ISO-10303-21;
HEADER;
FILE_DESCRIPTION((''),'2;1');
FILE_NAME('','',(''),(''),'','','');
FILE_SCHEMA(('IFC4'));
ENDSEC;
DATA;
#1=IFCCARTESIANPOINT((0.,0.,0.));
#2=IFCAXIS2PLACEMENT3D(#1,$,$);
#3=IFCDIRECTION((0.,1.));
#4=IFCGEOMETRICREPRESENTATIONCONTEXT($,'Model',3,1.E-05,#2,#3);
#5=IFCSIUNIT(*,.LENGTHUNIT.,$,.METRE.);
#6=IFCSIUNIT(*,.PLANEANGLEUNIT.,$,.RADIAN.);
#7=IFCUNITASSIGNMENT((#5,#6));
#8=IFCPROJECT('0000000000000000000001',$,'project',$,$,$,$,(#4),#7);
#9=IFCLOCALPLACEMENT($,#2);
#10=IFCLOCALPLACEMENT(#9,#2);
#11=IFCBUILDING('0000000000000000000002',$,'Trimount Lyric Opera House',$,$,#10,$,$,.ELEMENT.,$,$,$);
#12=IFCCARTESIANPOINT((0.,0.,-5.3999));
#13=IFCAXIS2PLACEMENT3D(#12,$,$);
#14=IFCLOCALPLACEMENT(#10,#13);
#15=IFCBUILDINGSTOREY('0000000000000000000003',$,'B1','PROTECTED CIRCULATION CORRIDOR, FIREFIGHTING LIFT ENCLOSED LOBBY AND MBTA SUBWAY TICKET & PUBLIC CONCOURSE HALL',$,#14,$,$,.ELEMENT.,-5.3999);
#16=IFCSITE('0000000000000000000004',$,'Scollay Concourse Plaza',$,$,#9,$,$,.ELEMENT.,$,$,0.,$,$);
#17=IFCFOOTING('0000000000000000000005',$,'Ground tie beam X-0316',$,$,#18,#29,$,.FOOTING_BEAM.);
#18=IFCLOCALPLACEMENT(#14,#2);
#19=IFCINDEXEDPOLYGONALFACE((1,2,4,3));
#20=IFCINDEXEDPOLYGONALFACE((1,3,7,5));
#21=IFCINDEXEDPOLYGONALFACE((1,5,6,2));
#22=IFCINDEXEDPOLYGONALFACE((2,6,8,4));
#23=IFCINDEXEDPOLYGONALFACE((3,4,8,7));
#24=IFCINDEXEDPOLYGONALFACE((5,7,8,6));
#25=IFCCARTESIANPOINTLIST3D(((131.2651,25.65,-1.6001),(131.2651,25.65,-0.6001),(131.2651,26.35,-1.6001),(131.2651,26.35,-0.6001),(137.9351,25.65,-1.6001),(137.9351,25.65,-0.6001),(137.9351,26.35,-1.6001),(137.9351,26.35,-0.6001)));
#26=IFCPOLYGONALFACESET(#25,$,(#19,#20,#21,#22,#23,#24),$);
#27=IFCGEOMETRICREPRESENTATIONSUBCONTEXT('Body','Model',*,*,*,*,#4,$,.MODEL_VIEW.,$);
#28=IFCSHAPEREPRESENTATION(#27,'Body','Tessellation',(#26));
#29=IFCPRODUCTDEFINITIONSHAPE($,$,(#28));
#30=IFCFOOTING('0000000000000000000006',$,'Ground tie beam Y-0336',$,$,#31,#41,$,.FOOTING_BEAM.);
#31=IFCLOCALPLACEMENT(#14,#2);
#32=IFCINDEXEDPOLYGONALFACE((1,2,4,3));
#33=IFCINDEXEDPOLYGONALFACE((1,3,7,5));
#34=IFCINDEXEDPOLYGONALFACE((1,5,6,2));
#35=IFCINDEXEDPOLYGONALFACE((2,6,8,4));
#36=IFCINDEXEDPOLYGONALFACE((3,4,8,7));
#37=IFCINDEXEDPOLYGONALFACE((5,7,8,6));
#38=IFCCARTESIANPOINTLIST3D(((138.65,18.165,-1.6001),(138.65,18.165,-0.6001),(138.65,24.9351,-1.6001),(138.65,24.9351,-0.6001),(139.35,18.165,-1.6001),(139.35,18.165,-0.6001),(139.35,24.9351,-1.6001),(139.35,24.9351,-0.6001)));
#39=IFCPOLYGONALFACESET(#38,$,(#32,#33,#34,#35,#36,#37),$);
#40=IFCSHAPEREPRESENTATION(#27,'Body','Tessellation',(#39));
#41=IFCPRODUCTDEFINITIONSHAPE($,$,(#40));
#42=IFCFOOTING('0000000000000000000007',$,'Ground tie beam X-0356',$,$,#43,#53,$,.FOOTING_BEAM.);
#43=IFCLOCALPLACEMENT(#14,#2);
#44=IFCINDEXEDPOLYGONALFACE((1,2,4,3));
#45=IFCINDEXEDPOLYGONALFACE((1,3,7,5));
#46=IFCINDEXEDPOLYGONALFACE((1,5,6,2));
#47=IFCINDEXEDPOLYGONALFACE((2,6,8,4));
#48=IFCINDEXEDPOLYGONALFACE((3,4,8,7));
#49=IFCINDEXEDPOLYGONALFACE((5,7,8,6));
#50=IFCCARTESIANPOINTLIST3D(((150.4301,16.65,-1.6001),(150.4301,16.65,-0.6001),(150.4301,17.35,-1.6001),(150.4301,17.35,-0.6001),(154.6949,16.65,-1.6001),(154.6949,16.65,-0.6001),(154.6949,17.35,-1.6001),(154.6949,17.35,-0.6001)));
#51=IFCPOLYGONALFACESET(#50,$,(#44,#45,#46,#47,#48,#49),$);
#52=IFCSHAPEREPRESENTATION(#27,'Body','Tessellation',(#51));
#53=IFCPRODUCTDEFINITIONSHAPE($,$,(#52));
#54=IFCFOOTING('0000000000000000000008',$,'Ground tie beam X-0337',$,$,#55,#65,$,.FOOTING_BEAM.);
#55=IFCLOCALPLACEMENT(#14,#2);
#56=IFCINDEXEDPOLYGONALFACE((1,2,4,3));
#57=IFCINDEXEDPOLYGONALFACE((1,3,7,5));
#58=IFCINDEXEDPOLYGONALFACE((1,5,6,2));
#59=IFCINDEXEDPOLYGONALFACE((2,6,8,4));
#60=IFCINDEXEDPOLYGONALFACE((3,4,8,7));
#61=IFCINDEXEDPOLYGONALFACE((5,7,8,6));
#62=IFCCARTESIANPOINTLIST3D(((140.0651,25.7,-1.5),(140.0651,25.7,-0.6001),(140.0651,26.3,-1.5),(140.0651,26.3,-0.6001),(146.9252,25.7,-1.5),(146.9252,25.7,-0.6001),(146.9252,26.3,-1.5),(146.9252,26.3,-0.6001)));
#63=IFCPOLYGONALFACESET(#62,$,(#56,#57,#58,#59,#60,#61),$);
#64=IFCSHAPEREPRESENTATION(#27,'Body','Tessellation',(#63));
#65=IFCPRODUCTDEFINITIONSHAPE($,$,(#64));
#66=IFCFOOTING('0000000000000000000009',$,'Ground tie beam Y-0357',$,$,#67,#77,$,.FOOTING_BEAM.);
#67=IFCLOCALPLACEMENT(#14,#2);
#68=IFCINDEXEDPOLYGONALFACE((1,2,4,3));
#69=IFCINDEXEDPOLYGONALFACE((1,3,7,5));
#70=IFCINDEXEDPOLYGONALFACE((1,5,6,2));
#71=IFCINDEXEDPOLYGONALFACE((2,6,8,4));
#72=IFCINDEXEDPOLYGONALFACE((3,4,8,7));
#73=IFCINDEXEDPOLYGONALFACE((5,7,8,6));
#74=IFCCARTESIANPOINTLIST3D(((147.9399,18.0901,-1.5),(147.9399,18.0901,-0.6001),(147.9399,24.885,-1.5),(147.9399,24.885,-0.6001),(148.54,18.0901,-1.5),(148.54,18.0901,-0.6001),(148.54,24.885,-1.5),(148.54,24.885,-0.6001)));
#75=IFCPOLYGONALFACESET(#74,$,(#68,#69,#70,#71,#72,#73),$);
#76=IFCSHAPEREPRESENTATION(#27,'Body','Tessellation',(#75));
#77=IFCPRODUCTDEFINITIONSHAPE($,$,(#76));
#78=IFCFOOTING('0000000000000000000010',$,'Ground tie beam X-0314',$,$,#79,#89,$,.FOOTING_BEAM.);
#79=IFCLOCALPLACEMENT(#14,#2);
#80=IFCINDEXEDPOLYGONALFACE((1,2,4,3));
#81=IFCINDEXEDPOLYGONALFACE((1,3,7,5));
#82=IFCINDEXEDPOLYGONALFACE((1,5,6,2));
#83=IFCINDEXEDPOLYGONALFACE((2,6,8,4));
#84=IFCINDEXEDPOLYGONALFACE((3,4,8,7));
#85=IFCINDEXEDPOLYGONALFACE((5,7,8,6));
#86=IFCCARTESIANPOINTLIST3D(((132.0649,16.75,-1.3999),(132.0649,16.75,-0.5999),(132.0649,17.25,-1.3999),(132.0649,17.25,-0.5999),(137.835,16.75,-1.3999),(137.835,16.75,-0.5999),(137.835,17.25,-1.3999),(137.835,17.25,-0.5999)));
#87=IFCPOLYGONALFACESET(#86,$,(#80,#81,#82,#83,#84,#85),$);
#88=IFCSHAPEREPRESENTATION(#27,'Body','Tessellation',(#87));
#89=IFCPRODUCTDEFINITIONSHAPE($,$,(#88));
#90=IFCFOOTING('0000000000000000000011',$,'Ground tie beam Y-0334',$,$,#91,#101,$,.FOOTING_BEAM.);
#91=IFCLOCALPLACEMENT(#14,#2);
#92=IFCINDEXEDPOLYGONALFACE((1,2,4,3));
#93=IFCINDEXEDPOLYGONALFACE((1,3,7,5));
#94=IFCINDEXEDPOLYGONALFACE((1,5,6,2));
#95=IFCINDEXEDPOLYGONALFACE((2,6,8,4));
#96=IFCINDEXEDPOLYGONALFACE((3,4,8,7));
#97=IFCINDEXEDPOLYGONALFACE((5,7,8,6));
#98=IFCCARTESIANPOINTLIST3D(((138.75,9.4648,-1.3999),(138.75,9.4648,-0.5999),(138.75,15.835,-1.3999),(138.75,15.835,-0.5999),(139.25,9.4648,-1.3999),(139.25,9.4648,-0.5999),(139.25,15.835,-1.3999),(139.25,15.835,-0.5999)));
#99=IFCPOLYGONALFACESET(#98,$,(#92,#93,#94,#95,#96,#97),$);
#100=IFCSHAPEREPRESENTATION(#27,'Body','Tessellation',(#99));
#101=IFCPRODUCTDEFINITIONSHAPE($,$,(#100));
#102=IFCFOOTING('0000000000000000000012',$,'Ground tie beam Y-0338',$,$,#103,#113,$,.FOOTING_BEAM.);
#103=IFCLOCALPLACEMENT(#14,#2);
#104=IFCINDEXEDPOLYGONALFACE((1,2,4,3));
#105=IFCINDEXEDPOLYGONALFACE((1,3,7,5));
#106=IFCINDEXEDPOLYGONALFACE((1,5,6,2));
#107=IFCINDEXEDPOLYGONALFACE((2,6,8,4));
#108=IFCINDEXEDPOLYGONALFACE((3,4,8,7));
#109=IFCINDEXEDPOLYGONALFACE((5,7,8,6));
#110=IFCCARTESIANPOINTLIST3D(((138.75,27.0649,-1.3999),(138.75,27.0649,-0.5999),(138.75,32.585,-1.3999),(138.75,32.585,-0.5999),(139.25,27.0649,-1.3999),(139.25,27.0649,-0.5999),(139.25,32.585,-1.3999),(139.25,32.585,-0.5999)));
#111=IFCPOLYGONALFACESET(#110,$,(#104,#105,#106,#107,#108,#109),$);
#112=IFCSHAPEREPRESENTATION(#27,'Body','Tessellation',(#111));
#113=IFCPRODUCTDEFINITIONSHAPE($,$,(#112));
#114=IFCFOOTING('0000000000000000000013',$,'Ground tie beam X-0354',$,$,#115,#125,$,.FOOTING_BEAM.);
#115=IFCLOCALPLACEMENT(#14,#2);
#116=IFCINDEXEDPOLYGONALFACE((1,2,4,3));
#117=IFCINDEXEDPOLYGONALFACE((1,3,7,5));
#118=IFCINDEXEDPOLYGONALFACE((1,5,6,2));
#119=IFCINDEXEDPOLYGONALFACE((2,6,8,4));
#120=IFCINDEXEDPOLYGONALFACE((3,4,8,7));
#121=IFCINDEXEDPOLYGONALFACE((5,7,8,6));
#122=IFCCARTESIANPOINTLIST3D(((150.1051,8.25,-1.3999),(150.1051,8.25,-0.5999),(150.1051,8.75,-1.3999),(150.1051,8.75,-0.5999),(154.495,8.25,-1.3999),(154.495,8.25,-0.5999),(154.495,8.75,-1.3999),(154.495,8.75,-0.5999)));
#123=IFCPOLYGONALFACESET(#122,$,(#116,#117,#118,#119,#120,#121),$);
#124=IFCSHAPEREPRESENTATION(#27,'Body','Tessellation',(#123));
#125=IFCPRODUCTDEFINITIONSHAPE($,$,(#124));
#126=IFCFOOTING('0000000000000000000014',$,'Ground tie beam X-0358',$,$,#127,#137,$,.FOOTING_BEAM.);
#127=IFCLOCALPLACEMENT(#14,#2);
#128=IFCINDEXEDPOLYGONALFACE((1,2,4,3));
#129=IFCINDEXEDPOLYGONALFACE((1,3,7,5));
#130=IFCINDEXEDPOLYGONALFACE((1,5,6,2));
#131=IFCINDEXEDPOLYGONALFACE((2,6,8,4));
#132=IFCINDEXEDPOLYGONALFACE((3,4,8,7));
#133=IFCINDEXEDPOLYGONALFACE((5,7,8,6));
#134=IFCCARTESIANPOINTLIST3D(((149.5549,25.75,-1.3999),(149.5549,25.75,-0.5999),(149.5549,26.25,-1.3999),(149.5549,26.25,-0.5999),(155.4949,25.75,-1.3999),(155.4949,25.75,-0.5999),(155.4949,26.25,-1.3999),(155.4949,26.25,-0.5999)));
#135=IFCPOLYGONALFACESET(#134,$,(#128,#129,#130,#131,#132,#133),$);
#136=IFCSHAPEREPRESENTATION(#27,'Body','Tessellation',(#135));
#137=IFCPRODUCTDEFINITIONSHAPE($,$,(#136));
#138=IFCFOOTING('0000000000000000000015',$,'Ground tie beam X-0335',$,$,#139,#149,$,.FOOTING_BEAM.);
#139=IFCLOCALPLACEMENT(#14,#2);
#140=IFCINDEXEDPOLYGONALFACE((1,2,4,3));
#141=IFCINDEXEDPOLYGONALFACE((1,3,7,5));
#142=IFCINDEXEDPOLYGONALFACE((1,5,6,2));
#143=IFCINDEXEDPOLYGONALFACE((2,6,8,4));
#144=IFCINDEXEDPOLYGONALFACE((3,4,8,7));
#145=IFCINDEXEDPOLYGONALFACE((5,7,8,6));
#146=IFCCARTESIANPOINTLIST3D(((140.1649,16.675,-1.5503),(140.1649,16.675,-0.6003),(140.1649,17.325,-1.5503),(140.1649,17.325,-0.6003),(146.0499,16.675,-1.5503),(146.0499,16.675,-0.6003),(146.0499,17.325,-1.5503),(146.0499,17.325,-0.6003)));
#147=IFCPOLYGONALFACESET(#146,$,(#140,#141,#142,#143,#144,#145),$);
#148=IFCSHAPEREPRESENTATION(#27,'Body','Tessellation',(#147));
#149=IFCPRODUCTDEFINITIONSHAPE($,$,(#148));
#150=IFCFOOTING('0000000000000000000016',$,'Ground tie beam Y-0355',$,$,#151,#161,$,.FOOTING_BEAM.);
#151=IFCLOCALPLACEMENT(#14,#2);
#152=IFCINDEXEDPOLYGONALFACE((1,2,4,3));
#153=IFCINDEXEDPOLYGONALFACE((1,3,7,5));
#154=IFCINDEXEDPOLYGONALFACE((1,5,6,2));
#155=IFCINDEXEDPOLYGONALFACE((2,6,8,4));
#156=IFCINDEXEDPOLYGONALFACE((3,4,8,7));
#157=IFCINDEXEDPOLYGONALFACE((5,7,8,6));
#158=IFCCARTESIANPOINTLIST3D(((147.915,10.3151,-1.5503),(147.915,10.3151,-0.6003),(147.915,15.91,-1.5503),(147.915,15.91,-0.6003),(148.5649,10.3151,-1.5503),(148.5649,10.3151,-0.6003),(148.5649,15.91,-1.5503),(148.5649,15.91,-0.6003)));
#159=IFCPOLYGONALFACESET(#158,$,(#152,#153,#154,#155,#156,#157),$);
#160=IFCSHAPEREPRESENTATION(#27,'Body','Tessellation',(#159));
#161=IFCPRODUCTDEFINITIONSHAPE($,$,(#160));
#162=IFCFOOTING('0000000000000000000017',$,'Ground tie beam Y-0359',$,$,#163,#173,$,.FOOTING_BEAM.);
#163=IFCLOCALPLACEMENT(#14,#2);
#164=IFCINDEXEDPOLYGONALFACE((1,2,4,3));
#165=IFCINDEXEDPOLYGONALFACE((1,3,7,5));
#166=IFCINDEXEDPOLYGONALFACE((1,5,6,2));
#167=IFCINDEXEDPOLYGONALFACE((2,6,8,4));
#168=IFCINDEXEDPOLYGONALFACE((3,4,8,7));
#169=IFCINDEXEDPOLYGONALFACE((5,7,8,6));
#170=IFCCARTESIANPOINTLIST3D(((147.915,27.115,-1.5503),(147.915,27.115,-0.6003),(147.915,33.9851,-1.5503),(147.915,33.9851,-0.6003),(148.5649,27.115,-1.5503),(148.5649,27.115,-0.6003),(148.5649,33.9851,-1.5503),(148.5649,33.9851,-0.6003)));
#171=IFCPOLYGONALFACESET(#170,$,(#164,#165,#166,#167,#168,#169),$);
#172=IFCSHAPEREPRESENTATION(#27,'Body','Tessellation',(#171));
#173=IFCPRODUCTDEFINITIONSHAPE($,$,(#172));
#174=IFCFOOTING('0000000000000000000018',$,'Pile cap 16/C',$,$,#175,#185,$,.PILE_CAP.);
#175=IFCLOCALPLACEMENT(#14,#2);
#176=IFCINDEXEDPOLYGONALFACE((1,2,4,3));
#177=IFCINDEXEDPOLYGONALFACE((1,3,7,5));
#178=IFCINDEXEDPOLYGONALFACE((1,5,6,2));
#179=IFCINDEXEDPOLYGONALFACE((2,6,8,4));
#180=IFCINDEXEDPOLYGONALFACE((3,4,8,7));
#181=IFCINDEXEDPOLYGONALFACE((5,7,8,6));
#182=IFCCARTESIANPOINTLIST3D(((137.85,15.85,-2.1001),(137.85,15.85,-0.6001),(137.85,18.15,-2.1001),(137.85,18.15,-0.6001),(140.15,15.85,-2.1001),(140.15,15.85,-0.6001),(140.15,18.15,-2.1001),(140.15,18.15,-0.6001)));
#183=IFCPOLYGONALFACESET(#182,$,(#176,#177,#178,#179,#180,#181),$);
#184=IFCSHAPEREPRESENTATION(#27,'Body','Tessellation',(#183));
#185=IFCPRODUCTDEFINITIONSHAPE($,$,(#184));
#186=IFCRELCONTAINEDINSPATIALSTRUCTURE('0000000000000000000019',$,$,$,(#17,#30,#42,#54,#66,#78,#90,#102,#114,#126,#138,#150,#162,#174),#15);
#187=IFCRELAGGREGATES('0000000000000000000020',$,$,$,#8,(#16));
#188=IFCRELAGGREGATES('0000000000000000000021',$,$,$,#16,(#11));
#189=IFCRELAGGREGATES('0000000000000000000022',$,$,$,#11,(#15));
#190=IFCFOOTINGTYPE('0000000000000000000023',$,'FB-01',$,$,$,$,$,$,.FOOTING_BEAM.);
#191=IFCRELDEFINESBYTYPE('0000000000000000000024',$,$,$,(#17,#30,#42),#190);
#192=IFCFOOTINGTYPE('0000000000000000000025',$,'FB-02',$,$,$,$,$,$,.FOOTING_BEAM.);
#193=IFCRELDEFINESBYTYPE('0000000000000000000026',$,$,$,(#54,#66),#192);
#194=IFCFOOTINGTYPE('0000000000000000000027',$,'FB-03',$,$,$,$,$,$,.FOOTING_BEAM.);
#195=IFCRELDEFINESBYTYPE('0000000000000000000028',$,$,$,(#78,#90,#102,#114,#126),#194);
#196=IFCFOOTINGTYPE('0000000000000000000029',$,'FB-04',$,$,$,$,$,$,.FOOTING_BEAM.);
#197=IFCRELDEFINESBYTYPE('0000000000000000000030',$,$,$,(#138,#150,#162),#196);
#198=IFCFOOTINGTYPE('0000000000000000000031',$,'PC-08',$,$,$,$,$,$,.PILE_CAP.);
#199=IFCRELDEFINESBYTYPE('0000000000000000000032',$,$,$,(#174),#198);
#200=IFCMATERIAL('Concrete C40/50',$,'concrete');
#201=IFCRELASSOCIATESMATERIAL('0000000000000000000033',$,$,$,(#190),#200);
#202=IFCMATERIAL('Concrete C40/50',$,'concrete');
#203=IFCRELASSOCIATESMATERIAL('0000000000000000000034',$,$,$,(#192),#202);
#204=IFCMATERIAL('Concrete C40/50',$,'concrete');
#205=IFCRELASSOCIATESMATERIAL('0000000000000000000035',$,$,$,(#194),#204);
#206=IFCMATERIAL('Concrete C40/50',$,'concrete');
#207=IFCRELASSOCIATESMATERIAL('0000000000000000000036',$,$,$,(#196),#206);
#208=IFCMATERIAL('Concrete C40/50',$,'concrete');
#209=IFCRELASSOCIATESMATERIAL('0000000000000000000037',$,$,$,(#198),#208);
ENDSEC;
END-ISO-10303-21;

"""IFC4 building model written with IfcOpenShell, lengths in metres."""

from ifc_helpers import new_model, si_unit, direction, frame, origin, origin_2d, place, context, subcontext, project, spatial, rectangle, extrude, material, type_object, element, save


model = new_model("IFC4")

# Units and contexts
model_context = context("Model", 3, precision=1e-05, world=origin(), true_north=direction((0.0, 1.0)))
body_context = subcontext(model_context, "Body", "Model", "MODEL_VIEW")
ifc_project = project(units=[si_unit("LENGTHUNIT", "METRE"), si_unit("PLANEANGLEUNIT", "RADIAN")], contexts=[model_context])

# Site, building, storey
site_placement = place(None, origin())
site = spatial("IfcSite", under=ifc_project, at=site_placement, Name="Scollay Concourse Plaza", CompositionType="ELEMENT", RefElevation=0.0)
building_placement = place(site_placement, origin())
building = spatial("IfcBuilding", under=site, at=building_placement, Name="Trimount Lyric Opera House", CompositionType="ELEMENT")
storey_placement = place(building_placement, frame((0.0, 0.0, -5.3999)))
storey = spatial("IfcBuildingStorey", under=building, at=storey_placement, Name="B1", Description="PROTECTED CIRCULATION CORRIDOR, FIREFIGHTING LIFT ENCLOSED LOBBY AND MBTA SUBWAY TICKET & PUBLIC CONCOURSE HALL", CompositionType="ELEMENT", Elevation=-5.3999)

# Footings
ifc_material_1 = material(Name="Concrete C40/50", Category="concrete")
footing_type_1 = type_object("IfcFootingType", Name="FB-01", PredefinedType="FOOTING_BEAM", material=ifc_material_1)
footing_1_placement = place(storey_placement, frame((134.6001, 26.0, -1.6001), z_axis=(0.0, 0.0, 1.0), x_axis=(1.0, 0.0, 0.0)))
element("IfcFooting", 1, at=footing_1_placement, inside=storey, type_object=footing_type_1, Name="Ground tie beam X-0316", PredefinedType="FOOTING_BEAM", context=body_context, shape_type="SweptSolid", body=[
    extrude(rectangle(XDim=6.6699, YDim=0.7, at=origin_2d()), origin(), (0.0, 0.0, 1.0), 1.0),
])
footing_2_placement = place(storey_placement, frame((139.0, 21.55, -1.6001), z_axis=(0.0, 0.0, 1.0), x_axis=(1.0, 0.0, 0.0)))
element("IfcFooting", 2, at=footing_2_placement, inside=storey, type_object=footing_type_1, Name="Ground tie beam Y-0336", PredefinedType="FOOTING_BEAM", context=body_context, shape_type="SweptSolid", body=[
    extrude(rectangle(XDim=0.7, YDim=6.77, at=origin_2d()), origin(), (0.0, 0.0, 1.0), 1.0),
])
footing_3_placement = place(storey_placement, frame((152.5625, 17.0, -1.6001), z_axis=(0.0, 0.0, 1.0), x_axis=(1.0, 0.0, 0.0)))
element("IfcFooting", 3, at=footing_3_placement, inside=storey, type_object=footing_type_1, Name="Ground tie beam X-0356", PredefinedType="FOOTING_BEAM", context=body_context, shape_type="SweptSolid", body=[
    extrude(rectangle(XDim=4.2649, YDim=0.7, at=origin_2d()), origin(), (0.0, 0.0, 1.0), 1.0),
])
ifc_material_2 = material(Name="Concrete C40/50", Category="concrete")
footing_type_2 = type_object("IfcFootingType", Name="FB-02", PredefinedType="FOOTING_BEAM", material=ifc_material_2)
footing_4_placement = place(storey_placement, frame((143.4951, 26.0, -1.5), z_axis=(0.0, 0.0, 1.0), x_axis=(1.0, 0.0, 0.0)))
element("IfcFooting", 4, at=footing_4_placement, inside=storey, type_object=footing_type_2, Name="Ground tie beam X-0337", PredefinedType="FOOTING_BEAM", context=body_context, shape_type="SweptSolid", body=[
    extrude(rectangle(XDim=6.8601, YDim=0.6001, at=origin_2d()), origin(), (0.0, 0.0, 1.0), 0.8999),
])
footing_5_placement = place(storey_placement, frame((148.24, 21.4875, -1.5), z_axis=(0.0, 0.0, 1.0), x_axis=(1.0, 0.0, 0.0)))
element("IfcFooting", 5, at=footing_5_placement, inside=storey, type_object=footing_type_2, Name="Ground tie beam Y-0357", PredefinedType="FOOTING_BEAM", context=body_context, shape_type="SweptSolid", body=[
    extrude(rectangle(XDim=0.6001, YDim=6.7949, at=origin_2d()), origin(), (0.0, 0.0, 1.0), 0.8999),
])
ifc_material_3 = material(Name="Concrete C40/50", Category="concrete")
footing_type_3 = type_object("IfcFootingType", Name="FB-03", PredefinedType="FOOTING_BEAM", material=ifc_material_3)
footing_6_placement = place(storey_placement, frame((134.95, 17.0, -1.3999), z_axis=(0.0, 0.0, 1.0), x_axis=(1.0, 0.0, 0.0)))
element("IfcFooting", 6, at=footing_6_placement, inside=storey, type_object=footing_type_3, Name="Ground tie beam X-0314", PredefinedType="FOOTING_BEAM", context=body_context, shape_type="SweptSolid", body=[
    extrude(rectangle(XDim=5.77, YDim=0.5, at=origin_2d()), origin(), (0.0, 0.0, 1.0), 0.8),
])
footing_7_placement = place(storey_placement, frame((139.0, 12.6499, -1.3999), z_axis=(0.0, 0.0, 1.0), x_axis=(1.0, 0.0, 0.0)))
element("IfcFooting", 7, at=footing_7_placement, inside=storey, type_object=footing_type_3, Name="Ground tie beam Y-0334", PredefinedType="FOOTING_BEAM", context=body_context, shape_type="SweptSolid", body=[
    extrude(rectangle(XDim=0.5, YDim=6.3701, at=origin_2d()), origin(), (0.0, 0.0, 1.0), 0.8),
])
footing_8_placement = place(storey_placement, frame((139.0, 29.825, -1.3999), z_axis=(0.0, 0.0, 1.0), x_axis=(1.0, 0.0, 0.0)))
element("IfcFooting", 8, at=footing_8_placement, inside=storey, type_object=footing_type_3, Name="Ground tie beam Y-0338", PredefinedType="FOOTING_BEAM", context=body_context, shape_type="SweptSolid", body=[
    extrude(rectangle(XDim=0.5, YDim=5.52, at=origin_2d()), origin(), (0.0, 0.0, 1.0), 0.8),
])
footing_9_placement = place(storey_placement, frame((152.3, 8.5, -1.3999), z_axis=(0.0, 0.0, 1.0), x_axis=(1.0, 0.0, 0.0)))
element("IfcFooting", 9, at=footing_9_placement, inside=storey, type_object=footing_type_3, Name="Ground tie beam X-0354", PredefinedType="FOOTING_BEAM", context=body_context, shape_type="SweptSolid", body=[
    extrude(rectangle(XDim=4.3899, YDim=0.5, at=origin_2d()), origin(), (0.0, 0.0, 1.0), 0.8),
])
footing_10_placement = place(storey_placement, frame((152.5249, 26.0, -1.3999), z_axis=(0.0, 0.0, 1.0), x_axis=(1.0, 0.0, 0.0)))
element("IfcFooting", 10, at=footing_10_placement, inside=storey, type_object=footing_type_3, Name="Ground tie beam X-0358", PredefinedType="FOOTING_BEAM", context=body_context, shape_type="SweptSolid", body=[
    extrude(rectangle(XDim=5.9399, YDim=0.5, at=origin_2d()), origin(), (0.0, 0.0, 1.0), 0.8),
])
ifc_material_4 = material(Name="Concrete C40/50", Category="concrete")
footing_type_4 = type_object("IfcFootingType", Name="FB-04", PredefinedType="FOOTING_BEAM", material=ifc_material_4)
footing_11_placement = place(storey_placement, frame((143.1074, 17.0, -1.5503), z_axis=(0.0, 0.0, 1.0), x_axis=(1.0, 0.0, 0.0)))
element("IfcFooting", 11, at=footing_11_placement, inside=storey, type_object=footing_type_4, Name="Ground tie beam X-0335", PredefinedType="FOOTING_BEAM", context=body_context, shape_type="SweptSolid", body=[
    extrude(rectangle(XDim=5.885, YDim=0.6499, at=origin_2d()), origin(), (0.0, 0.0, 1.0), 0.95),
])
footing_12_placement = place(storey_placement, frame((148.24, 13.1125, -1.5503), z_axis=(0.0, 0.0, 1.0), x_axis=(1.0, 0.0, 0.0)))
element("IfcFooting", 12, at=footing_12_placement, inside=storey, type_object=footing_type_4, Name="Ground tie beam Y-0355", PredefinedType="FOOTING_BEAM", context=body_context, shape_type="SweptSolid", body=[
    extrude(rectangle(XDim=0.6499, YDim=5.595, at=origin_2d()), origin(), (0.0, 0.0, 1.0), 0.95),
])
footing_13_placement = place(storey_placement, frame((148.24, 30.55, -1.5503), z_axis=(0.0, 0.0, 1.0), x_axis=(1.0, 0.0, 0.0)))
element("IfcFooting", 13, at=footing_13_placement, inside=storey, type_object=footing_type_4, Name="Ground tie beam Y-0359", PredefinedType="FOOTING_BEAM", context=body_context, shape_type="SweptSolid", body=[
    extrude(rectangle(XDim=0.6499, YDim=6.8701, at=origin_2d()), origin(), (0.0, 0.0, 1.0), 0.95),
])
ifc_material_5 = material(Name="Concrete C40/50", Category="concrete")
footing_type_5 = type_object("IfcFootingType", Name="PC-08", PredefinedType="PILE_CAP", material=ifc_material_5)
footing_14_placement = place(storey_placement, frame((139.0, 17.0, -2.1001), z_axis=(0.0, 0.0, 1.0), x_axis=(1.0, 0.0, 0.0)))
element("IfcFooting", 14, at=footing_14_placement, inside=storey, type_object=footing_type_5, Name="Pile cap 16/C", PredefinedType="PILE_CAP", context=body_context, shape_type="SweptSolid", body=[
    extrude(rectangle(XDim=2.3, YDim=2.3, at=origin_2d()), origin(), (0.0, 0.0, 1.0), 1.5),
])

save(model, "model.ifc")
